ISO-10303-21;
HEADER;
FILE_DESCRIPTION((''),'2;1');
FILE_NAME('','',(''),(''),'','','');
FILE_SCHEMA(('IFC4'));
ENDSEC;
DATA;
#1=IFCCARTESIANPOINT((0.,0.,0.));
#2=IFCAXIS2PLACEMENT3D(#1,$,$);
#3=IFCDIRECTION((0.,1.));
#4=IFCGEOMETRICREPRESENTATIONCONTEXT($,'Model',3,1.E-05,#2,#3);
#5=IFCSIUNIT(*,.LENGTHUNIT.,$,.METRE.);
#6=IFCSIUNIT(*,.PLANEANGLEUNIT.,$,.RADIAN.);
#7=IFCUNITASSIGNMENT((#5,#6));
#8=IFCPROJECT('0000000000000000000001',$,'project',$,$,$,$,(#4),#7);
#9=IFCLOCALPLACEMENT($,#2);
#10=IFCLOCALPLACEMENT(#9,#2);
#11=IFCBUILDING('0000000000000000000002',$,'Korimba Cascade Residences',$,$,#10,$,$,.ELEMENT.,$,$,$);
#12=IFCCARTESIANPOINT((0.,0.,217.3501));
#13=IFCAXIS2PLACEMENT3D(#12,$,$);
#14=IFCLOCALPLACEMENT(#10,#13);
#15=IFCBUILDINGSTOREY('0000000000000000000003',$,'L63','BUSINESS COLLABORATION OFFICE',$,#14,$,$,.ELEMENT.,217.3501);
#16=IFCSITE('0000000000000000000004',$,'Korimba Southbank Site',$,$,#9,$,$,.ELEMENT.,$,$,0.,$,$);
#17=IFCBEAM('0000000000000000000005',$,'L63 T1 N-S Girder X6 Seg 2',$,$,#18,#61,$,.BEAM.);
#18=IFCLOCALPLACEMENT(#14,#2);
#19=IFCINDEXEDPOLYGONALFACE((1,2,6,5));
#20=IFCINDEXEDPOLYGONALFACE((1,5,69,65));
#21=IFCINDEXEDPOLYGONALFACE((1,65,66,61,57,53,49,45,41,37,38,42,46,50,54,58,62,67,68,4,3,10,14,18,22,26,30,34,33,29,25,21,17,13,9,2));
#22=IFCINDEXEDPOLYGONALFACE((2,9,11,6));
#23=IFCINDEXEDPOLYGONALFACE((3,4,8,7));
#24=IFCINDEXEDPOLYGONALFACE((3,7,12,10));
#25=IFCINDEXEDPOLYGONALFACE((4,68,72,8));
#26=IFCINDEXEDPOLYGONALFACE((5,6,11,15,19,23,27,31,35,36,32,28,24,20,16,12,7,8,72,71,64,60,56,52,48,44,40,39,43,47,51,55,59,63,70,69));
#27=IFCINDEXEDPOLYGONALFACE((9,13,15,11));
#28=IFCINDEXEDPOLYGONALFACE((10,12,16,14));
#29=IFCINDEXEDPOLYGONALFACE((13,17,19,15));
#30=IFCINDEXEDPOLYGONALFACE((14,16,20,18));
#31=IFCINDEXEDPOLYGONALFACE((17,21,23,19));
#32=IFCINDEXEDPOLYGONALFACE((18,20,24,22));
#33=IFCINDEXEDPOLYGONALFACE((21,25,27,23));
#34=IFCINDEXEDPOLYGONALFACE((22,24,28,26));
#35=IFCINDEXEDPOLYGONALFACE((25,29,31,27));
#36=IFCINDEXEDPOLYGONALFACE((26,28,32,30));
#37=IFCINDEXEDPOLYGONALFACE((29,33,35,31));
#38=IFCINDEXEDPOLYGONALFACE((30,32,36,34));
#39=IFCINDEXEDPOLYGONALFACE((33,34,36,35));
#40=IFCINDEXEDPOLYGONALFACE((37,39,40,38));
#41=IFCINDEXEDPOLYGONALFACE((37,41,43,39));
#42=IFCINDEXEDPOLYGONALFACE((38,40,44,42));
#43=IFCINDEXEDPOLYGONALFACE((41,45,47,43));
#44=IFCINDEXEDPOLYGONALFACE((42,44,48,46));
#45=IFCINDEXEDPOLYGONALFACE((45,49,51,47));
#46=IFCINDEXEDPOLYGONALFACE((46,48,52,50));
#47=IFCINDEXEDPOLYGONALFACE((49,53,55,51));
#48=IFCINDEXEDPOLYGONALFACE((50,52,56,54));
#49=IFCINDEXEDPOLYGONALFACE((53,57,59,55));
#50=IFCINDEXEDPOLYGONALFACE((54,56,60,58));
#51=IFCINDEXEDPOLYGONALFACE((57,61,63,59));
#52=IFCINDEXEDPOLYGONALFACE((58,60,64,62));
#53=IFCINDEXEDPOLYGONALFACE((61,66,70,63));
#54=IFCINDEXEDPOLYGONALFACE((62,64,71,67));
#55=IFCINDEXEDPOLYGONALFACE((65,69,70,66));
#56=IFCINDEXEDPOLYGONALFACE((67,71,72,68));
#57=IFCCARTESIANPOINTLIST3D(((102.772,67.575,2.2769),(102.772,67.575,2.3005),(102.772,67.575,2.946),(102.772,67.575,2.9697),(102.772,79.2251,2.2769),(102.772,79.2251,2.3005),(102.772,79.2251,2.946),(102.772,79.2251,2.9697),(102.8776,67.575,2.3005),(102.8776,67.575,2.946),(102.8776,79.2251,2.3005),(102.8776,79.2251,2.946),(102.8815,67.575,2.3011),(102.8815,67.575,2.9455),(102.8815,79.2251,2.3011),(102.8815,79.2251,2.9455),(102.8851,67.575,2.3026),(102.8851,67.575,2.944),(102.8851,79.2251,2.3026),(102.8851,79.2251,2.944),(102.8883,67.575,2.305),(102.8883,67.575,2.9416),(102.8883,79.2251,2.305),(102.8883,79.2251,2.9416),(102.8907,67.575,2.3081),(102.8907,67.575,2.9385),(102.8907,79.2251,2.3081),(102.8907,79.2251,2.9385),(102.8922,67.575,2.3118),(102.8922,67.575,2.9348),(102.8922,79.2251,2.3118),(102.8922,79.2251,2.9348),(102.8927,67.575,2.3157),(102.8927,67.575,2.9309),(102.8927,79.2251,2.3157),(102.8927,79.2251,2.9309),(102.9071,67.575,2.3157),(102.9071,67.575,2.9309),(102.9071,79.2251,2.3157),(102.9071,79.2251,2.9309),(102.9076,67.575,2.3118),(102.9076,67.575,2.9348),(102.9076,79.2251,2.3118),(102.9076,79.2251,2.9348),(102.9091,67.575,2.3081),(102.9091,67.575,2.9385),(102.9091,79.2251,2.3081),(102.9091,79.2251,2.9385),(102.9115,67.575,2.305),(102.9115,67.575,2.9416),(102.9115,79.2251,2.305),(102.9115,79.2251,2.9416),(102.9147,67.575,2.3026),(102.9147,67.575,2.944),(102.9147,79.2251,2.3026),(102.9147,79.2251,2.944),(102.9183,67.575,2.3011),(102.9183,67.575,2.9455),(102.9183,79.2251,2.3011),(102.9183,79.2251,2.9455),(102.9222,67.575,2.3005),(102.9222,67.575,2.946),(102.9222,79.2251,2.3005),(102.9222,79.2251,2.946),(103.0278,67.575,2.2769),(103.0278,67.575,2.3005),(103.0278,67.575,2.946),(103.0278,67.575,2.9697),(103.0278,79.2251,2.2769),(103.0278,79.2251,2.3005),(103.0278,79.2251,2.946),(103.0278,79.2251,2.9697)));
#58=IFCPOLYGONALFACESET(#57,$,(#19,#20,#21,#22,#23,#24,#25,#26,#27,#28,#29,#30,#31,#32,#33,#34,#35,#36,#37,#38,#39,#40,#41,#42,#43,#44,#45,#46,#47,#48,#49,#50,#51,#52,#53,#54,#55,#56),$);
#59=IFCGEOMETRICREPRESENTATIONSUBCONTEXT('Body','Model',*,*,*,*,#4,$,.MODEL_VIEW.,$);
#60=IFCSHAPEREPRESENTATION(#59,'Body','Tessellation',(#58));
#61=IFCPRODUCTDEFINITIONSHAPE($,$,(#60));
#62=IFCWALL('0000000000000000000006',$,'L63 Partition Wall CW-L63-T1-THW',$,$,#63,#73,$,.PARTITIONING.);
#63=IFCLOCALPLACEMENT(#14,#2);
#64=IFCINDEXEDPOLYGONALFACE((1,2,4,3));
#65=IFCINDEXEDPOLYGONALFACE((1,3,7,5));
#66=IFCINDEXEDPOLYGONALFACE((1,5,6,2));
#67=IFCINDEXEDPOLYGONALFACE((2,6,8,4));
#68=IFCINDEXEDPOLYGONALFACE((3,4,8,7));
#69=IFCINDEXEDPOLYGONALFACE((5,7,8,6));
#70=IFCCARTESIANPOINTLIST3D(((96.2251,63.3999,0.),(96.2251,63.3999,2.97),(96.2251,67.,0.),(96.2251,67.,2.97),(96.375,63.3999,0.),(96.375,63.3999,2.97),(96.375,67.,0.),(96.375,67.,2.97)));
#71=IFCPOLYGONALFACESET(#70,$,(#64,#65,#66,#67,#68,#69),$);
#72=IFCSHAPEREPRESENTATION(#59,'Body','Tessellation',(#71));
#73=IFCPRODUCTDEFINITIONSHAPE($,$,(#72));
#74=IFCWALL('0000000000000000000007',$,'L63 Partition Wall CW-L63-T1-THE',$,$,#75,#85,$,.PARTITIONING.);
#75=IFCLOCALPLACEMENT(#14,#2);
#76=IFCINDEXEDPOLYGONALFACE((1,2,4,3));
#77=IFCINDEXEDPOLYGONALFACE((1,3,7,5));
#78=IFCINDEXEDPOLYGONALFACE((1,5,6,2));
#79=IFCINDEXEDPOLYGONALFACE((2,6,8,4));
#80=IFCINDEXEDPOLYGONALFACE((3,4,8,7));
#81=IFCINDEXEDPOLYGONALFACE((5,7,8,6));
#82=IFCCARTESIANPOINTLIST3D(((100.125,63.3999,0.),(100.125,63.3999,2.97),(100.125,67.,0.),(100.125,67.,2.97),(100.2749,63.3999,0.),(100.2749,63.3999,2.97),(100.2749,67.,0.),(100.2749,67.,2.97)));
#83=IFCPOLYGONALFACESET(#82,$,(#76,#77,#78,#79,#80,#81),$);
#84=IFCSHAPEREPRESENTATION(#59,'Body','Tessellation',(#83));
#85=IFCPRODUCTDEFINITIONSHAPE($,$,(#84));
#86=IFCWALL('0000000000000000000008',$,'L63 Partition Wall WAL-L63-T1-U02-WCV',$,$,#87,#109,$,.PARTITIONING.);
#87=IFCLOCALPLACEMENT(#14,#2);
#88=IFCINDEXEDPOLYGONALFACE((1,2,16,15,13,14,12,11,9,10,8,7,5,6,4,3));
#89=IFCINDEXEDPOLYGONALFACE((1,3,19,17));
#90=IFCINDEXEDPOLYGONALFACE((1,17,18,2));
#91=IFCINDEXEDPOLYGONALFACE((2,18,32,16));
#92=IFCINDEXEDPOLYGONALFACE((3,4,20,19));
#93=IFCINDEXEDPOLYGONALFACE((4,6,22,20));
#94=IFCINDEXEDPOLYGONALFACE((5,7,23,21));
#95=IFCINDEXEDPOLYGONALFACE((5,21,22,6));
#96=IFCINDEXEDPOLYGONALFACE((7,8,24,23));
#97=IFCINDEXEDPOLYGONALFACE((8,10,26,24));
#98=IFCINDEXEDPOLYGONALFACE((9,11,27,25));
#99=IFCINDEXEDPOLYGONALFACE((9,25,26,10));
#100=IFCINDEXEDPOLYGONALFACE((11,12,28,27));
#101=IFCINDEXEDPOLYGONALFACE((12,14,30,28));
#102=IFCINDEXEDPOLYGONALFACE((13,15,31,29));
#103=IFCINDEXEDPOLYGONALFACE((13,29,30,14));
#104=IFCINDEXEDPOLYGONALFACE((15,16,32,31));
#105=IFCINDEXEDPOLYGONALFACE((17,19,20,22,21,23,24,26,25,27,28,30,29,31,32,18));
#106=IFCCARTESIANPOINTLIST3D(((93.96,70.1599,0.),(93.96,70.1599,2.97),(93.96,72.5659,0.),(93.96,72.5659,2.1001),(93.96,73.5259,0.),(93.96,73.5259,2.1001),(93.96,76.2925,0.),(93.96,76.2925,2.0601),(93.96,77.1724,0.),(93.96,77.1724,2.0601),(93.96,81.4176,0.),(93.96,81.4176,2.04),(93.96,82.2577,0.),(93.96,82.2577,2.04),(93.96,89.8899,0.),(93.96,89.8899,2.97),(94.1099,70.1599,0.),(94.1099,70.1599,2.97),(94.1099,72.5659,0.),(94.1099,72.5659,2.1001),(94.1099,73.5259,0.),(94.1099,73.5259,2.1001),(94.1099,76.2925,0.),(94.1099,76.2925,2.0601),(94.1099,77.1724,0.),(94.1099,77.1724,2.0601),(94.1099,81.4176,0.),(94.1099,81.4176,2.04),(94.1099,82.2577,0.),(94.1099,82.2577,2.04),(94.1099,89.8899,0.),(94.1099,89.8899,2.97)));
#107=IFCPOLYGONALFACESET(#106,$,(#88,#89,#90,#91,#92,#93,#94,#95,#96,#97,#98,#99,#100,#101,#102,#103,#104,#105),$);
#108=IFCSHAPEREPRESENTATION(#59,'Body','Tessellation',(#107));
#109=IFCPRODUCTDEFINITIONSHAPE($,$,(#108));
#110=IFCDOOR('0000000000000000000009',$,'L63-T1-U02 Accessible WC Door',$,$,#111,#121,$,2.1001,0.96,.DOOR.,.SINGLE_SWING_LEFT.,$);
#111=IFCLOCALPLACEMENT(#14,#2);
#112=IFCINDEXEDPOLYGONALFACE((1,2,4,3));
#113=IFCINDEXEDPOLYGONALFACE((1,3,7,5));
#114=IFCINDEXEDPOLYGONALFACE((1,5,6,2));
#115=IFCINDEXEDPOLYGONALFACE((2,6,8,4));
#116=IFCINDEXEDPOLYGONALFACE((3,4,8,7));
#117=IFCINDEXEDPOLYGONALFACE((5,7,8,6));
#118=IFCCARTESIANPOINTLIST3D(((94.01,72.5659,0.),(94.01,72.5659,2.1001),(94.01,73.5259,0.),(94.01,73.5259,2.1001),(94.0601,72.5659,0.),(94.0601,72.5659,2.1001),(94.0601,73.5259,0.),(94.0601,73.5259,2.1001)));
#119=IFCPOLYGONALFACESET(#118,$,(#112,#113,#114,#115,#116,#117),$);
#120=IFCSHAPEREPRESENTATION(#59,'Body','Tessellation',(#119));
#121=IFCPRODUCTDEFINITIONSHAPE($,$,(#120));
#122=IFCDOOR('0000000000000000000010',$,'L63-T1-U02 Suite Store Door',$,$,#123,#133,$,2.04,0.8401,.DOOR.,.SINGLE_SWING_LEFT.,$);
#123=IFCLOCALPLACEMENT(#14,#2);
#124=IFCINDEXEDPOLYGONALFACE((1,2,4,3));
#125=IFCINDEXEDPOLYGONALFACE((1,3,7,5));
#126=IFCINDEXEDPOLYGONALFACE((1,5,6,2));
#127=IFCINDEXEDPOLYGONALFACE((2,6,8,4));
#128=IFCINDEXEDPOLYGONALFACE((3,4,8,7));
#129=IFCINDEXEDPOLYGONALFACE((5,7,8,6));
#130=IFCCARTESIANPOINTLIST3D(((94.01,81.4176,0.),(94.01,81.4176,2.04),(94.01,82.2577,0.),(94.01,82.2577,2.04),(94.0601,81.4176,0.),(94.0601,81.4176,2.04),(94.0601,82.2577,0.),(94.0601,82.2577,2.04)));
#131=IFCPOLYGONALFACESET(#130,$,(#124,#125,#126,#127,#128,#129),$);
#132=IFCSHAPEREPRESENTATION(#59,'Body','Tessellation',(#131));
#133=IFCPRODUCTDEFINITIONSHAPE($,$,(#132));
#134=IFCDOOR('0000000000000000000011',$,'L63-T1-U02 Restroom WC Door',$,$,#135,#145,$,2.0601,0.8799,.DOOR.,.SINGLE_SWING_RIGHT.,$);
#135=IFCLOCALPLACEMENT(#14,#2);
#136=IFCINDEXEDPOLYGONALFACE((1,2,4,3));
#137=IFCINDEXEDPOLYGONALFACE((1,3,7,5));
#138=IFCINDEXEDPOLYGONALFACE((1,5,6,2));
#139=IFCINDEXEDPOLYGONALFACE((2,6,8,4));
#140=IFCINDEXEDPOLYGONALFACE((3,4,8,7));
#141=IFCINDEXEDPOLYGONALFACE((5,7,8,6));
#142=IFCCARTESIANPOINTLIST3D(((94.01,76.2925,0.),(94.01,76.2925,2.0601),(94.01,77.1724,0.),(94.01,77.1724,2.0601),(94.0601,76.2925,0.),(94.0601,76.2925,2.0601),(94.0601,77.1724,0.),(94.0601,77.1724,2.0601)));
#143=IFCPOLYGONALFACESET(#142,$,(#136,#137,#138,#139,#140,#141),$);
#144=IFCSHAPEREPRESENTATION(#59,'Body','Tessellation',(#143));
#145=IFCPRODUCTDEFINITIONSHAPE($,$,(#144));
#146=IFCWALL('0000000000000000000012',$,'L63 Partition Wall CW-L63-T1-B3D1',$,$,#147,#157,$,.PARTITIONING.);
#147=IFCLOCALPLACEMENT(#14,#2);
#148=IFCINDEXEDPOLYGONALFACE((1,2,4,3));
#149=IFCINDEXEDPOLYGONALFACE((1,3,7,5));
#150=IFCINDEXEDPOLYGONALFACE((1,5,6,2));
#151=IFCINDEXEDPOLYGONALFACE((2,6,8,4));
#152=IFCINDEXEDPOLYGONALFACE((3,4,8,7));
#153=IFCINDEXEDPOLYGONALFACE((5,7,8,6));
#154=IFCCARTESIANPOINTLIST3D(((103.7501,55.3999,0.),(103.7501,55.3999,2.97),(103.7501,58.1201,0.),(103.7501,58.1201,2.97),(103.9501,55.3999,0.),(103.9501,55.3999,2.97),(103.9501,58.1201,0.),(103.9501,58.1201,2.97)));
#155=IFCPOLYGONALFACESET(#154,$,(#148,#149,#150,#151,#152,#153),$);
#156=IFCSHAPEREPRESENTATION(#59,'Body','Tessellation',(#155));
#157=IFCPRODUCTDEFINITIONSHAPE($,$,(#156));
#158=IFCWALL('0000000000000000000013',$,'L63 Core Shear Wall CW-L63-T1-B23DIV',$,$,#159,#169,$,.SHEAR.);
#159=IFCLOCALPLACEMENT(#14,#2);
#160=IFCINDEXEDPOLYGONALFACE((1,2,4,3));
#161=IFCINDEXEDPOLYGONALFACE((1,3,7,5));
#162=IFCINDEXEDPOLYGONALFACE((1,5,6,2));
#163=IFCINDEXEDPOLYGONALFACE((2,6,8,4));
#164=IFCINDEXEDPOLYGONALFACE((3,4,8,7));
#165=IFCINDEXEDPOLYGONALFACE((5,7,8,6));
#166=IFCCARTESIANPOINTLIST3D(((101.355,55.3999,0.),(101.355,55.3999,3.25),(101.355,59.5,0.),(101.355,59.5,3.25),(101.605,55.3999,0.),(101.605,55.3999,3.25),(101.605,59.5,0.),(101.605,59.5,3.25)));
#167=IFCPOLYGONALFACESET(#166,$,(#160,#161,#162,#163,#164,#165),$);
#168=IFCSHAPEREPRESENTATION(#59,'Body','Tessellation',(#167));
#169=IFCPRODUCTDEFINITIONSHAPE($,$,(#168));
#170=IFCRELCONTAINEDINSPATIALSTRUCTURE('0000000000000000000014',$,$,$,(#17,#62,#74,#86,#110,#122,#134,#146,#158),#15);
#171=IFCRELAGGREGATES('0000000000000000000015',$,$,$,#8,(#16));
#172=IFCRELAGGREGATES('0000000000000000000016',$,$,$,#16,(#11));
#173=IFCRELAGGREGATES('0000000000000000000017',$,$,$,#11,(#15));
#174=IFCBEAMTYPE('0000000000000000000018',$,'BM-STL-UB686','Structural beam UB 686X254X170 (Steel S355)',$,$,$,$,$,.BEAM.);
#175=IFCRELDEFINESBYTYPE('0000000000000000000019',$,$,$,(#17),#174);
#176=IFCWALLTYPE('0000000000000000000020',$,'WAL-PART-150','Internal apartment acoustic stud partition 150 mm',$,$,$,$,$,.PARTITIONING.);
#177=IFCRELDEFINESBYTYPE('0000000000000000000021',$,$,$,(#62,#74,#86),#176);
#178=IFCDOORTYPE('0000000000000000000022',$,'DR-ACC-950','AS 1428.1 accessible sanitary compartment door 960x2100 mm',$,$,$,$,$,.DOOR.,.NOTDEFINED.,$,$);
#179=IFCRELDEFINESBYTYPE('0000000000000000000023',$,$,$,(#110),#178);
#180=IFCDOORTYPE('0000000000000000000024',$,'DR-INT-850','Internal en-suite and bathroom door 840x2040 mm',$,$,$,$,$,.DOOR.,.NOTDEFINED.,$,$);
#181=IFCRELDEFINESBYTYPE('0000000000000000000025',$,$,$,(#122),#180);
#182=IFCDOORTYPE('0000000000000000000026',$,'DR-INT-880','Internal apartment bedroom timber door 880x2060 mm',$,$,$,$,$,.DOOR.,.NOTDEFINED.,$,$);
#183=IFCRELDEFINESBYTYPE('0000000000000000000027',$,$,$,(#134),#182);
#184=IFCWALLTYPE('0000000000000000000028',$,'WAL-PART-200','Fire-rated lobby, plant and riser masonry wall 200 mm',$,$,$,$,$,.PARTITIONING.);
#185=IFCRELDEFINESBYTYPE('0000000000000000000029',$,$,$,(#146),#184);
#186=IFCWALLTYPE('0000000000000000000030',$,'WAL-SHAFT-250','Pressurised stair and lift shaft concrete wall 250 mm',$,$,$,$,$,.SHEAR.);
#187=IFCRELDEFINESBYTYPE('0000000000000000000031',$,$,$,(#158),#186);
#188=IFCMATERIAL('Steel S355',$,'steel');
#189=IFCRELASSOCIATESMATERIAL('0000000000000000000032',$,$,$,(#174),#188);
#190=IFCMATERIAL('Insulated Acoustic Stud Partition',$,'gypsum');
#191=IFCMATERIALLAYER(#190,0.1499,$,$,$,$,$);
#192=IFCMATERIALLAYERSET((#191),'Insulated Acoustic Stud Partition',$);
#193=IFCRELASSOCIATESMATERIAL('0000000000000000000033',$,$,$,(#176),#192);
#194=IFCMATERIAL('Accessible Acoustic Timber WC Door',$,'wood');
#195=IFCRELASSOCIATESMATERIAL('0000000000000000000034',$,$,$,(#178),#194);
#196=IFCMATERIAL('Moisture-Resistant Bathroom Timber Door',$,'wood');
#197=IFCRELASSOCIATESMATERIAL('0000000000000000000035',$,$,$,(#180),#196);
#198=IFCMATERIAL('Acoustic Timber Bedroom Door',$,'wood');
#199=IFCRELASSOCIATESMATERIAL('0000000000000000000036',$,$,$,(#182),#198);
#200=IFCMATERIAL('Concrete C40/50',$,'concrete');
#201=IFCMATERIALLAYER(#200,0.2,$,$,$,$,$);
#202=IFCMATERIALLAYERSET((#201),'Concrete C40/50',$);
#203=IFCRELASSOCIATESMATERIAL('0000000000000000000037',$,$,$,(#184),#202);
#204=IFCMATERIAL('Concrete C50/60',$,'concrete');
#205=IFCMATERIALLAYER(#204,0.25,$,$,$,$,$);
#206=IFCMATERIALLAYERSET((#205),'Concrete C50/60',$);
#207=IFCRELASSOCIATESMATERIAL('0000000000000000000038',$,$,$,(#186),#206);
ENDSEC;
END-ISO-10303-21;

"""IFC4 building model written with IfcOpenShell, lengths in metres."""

from ifc_helpers import new_model, si_unit, direction, frame, frame_2d, origin, origin_2d, place, context, subcontext, project, spatial, rectangle, i_section, extrude, material, layer, layer_set, material_profile, profile_set, type_object, element, fill, save


model = new_model("IFC4")

# Units and contexts
model_context = context("Model", 3, precision=1e-05, world=origin(), true_north=direction((0.0, 1.0)))
body_context = subcontext(model_context, "Body", "Model", "MODEL_VIEW")
ifc_project = project(units=[si_unit("LENGTHUNIT", "METRE"), si_unit("PLANEANGLEUNIT", "RADIAN")], contexts=[model_context])

# Site, building, storey
site_placement = place(None, origin())
site = spatial("IfcSite", under=ifc_project, at=site_placement, Name="Korimba Southbank Site", CompositionType="ELEMENT", RefElevation=0.0)
building_placement = place(site_placement, origin())
building = spatial("IfcBuilding", under=site, at=building_placement, Name="Korimba Cascade Residences", CompositionType="ELEMENT")
storey_placement = place(building_placement, frame((0.0, 0.0, 217.3501)))
storey = spatial("IfcBuildingStorey", under=building, at=storey_placement, Name="L63", Description="BUSINESS COLLABORATION OFFICE", CompositionType="ELEMENT", Elevation=217.3501)

# Beam
ifc_material_1 = material(Name="Steel S355", Category="steel")
ifc_material_profile_1 = material_profile(ifc_material_1, i_section(OverallWidth=0.2559, OverallDepth=0.6929, WebThickness=0.0144, FlangeThickness=0.0237, FilletRadius=0.0151, at=origin_2d()), Name="Steel S355")
ifc_profile_set_1 = profile_set([ifc_material_profile_1], Name="Steel S355")
beam_type = type_object("IfcBeamType", Name="BM-STL-UB686", Description="Structural beam UB 686X254X170 (Steel S355)", PredefinedType="BEAM", material=ifc_profile_set_1)
beam_1_placement = place(storey_placement, frame((102.8999, 67.575, 2.6233), z_axis=(0.0, 1.0, 0.0), x_axis=(-1.0, 0.0, 0.0)))
element("IfcBeam", 1, at=beam_1_placement, inside=storey, type_object=beam_type, Name="L63 T1 N-S Girder X6 Seg 2", PredefinedType="BEAM", context=body_context, shape_type="SweptSolid", body=[
    extrude(i_section(OverallWidth=0.2559, OverallDepth=0.6929, WebThickness=0.0144, FlangeThickness=0.0237, FilletRadius=0.0151, at=origin_2d()), origin(), (0.0, 0.0, 1.0), 11.6501),
])

# Walls
ifc_material_2 = material(Name="Insulated Acoustic Stud Partition", Category="gypsum")
ifc_layer_1 = layer(ifc_material_2, 0.1499)
ifc_layer_set_1 = layer_set([ifc_layer_1], Name="Insulated Acoustic Stud Partition")
wall_type_1 = type_object("IfcWallType", Name="WAL-PART-150", Description="Internal apartment acoustic stud partition 150 mm", PredefinedType="PARTITIONING", material=ifc_layer_set_1)
for number, where, z_axis, x_axis, name in (
    (2, (96.3, 63.3999, 0.0), (0.0, 0.0, 1.0), (0.0, 1.0, 0.0), "L63 Partition Wall CW-L63-T1-THW"),
    (3, (100.2, 63.3999, 0.0), (0.0, 0.0, 1.0), (0.0, 1.0, 0.0), "L63 Partition Wall CW-L63-T1-THE"),
):
    element("IfcWall", number, at=place(storey_placement, frame(where, z_axis=z_axis, x_axis=x_axis)), inside=storey, type_object=wall_type_1, Name=name, PredefinedType="PARTITIONING", context=body_context, shape_type="SweptSolid", body=[
        extrude(rectangle(XDim=3.6001, YDim=0.1499, at=frame_2d((1.8, 0.0))), origin(), (0.0, 0.0, 1.0), 2.97),
    ])

# Wall, openings, doors
wall_1_placement = place(storey_placement, frame((94.0349, 70.1599, 0.0), z_axis=(0.0, 0.0, 1.0), x_axis=(0.0, 1.0, 0.0)))
wall_1 = element("IfcWall", 4, at=wall_1_placement, inside=storey, type_object=wall_type_1, Name="L63 Partition Wall WAL-L63-T1-U02-WCV", PredefinedType="PARTITIONING", context=body_context, shape_type="SweptSolid", body=[
    extrude(rectangle(XDim=19.73, YDim=0.1499, at=frame_2d((9.865, 0.0))), origin(), (0.0, 0.0, 1.0), 2.97),
])
opening_1_placement = place(wall_1_placement, frame((2.406, 0.0, 0.0)))
opening_1 = element("IfcOpeningElement", 5, at=opening_1_placement, cuts=wall_1, PredefinedType="OPENING", context=body_context, shape_type="SweptSolid", body=[
    extrude(rectangle(XDim=0.96, YDim=2.1001, at=frame_2d((0.48, 1.05))), frame((0.0, 0.085, 0.0), z_axis=(0.0, -1.0, 0.0), x_axis=(1.0, 0.0, 0.0)), (0.0, 0.0, 1.0), 0.1699),
])
opening_2_placement = place(wall_1_placement, frame((6.1326, 0.0, 0.0)))
opening_2 = element("IfcOpeningElement", 6, at=opening_2_placement, cuts=wall_1, PredefinedType="OPENING", context=body_context, shape_type="SweptSolid", body=[
    extrude(rectangle(XDim=0.8799, YDim=2.0601, at=frame_2d((0.4399, 1.03))), frame((0.0, 0.085, 0.0), z_axis=(0.0, -1.0, 0.0), x_axis=(1.0, 0.0, 0.0)), (0.0, 0.0, 1.0), 0.1699),
])
opening_3_placement = place(wall_1_placement, frame((11.2578, 0.0, 0.0)))
opening_3 = element("IfcOpeningElement", 7, at=opening_3_placement, cuts=wall_1, PredefinedType="OPENING", context=body_context, shape_type="SweptSolid", body=[
    extrude(rectangle(XDim=0.8401, YDim=2.04, at=frame_2d((0.4199, 1.02))), frame((0.0, 0.085, 0.0), z_axis=(0.0, -1.0, 0.0), x_axis=(1.0, 0.0, 0.0)), (0.0, 0.0, 1.0), 0.1699),
])
ifc_material_3 = material(Name="Accessible Acoustic Timber WC Door", Category="wood")
door_type_1 = type_object("IfcDoorType", Name="DR-ACC-950", Description="AS 1428.1 accessible sanitary compartment door 960x2100 mm", OperationType="NOTDEFINED", PredefinedType="DOOR", material=ifc_material_3)
door_1_placement = place(opening_1_placement, origin())
door_1 = element("IfcDoor", 8, at=door_1_placement, inside=storey, type_object=door_type_1, Name="L63-T1-U02 Accessible WC Door", OperationType="SINGLE_SWING_LEFT", OverallHeight=2.1001, OverallWidth=0.96, PredefinedType="DOOR", context=body_context, shape_type="SweptSolid", body=[
    extrude(rectangle(XDim=0.96, YDim=2.1001, at=frame_2d((0.48, 1.05))), frame((0.0, 0.0249, 0.0), z_axis=(0.0, -1.0, 0.0), x_axis=(1.0, 0.0, 0.0)), (0.0, 0.0, 1.0), 0.05),
])
fill(opening_1, door_1)
ifc_material_4 = material(Name="Moisture-Resistant Bathroom Timber Door", Category="wood")
door_type_2 = type_object("IfcDoorType", Name="DR-INT-850", Description="Internal en-suite and bathroom door 840x2040 mm", OperationType="NOTDEFINED", PredefinedType="DOOR", material=ifc_material_4)
door_2_placement = place(opening_3_placement, origin())
door_2 = element("IfcDoor", 9, at=door_2_placement, inside=storey, type_object=door_type_2, Name="L63-T1-U02 Suite Store Door", OperationType="SINGLE_SWING_LEFT", OverallHeight=2.04, OverallWidth=0.8401, PredefinedType="DOOR", context=body_context, shape_type="SweptSolid", body=[
    extrude(rectangle(XDim=0.8401, YDim=2.04, at=frame_2d((0.4199, 1.02))), frame((0.0, 0.0249, 0.0), z_axis=(0.0, -1.0, 0.0), x_axis=(1.0, 0.0, 0.0)), (0.0, 0.0, 1.0), 0.05),
])
fill(opening_3, door_2)
ifc_material_5 = material(Name="Acoustic Timber Bedroom Door", Category="wood")
door_type_3 = type_object("IfcDoorType", Name="DR-INT-880", Description="Internal apartment bedroom timber door 880x2060 mm", OperationType="NOTDEFINED", PredefinedType="DOOR", material=ifc_material_5)
door_3_placement = place(opening_2_placement, origin())
door_3 = element("IfcDoor", 10, at=door_3_placement, inside=storey, type_object=door_type_3, Name="L63-T1-U02 Restroom WC Door", OperationType="SINGLE_SWING_RIGHT", OverallHeight=2.0601, OverallWidth=0.8799, PredefinedType="DOOR", context=body_context, shape_type="SweptSolid", body=[
    extrude(rectangle(XDim=0.8799, YDim=2.0601, at=frame_2d((0.4399, 1.03))), frame((0.0, 0.0249, 0.0), z_axis=(0.0, -1.0, 0.0), x_axis=(1.0, 0.0, 0.0)), (0.0, 0.0, 1.0), 0.05),
])
fill(opening_2, door_3)

# Walls
ifc_material_6 = material(Name="Concrete C40/50", Category="concrete")
ifc_layer_2 = layer(ifc_material_6, 0.2)
ifc_layer_set_2 = layer_set([ifc_layer_2], Name="Concrete C40/50")
wall_type_2 = type_object("IfcWallType", Name="WAL-PART-200", Description="Fire-rated lobby, plant and riser masonry wall 200 mm", PredefinedType="PARTITIONING", material=ifc_layer_set_2)
wall_2_placement = place(storey_placement, frame((103.8501, 55.3999, 0.0), z_axis=(0.0, 0.0, 1.0), x_axis=(0.0, 1.0, 0.0)))
element("IfcWall", 11, at=wall_2_placement, inside=storey, type_object=wall_type_2, Name="L63 Partition Wall CW-L63-T1-B3D1", PredefinedType="PARTITIONING", context=body_context, shape_type="SweptSolid", body=[
    extrude(rectangle(XDim=2.7202, YDim=0.2, at=frame_2d((1.3601, 0.0))), origin(), (0.0, 0.0, 1.0), 2.97),
])
ifc_material_7 = material(Name="Concrete C50/60", Category="concrete")
ifc_layer_3 = layer(ifc_material_7, 0.25)
ifc_layer_set_3 = layer_set([ifc_layer_3], Name="Concrete C50/60")
wall_type_3 = type_object("IfcWallType", Name="WAL-SHAFT-250", Description="Pressurised stair and lift shaft concrete wall 250 mm", PredefinedType="SHEAR", material=ifc_layer_set_3)
wall_3_placement = place(storey_placement, frame((101.48, 55.3999, 0.0), z_axis=(0.0, 0.0, 1.0), x_axis=(0.0, 1.0, 0.0)))
element("IfcWall", 12, at=wall_3_placement, inside=storey, type_object=wall_type_3, Name="L63 Core Shear Wall CW-L63-T1-B23DIV", PredefinedType="SHEAR", context=body_context, shape_type="SweptSolid", body=[
    extrude(rectangle(XDim=4.1001, YDim=0.25, at=frame_2d((2.05, 0.0))), origin(), (0.0, 0.0, 1.0), 3.25),
])

save(model, "model.ifc")
